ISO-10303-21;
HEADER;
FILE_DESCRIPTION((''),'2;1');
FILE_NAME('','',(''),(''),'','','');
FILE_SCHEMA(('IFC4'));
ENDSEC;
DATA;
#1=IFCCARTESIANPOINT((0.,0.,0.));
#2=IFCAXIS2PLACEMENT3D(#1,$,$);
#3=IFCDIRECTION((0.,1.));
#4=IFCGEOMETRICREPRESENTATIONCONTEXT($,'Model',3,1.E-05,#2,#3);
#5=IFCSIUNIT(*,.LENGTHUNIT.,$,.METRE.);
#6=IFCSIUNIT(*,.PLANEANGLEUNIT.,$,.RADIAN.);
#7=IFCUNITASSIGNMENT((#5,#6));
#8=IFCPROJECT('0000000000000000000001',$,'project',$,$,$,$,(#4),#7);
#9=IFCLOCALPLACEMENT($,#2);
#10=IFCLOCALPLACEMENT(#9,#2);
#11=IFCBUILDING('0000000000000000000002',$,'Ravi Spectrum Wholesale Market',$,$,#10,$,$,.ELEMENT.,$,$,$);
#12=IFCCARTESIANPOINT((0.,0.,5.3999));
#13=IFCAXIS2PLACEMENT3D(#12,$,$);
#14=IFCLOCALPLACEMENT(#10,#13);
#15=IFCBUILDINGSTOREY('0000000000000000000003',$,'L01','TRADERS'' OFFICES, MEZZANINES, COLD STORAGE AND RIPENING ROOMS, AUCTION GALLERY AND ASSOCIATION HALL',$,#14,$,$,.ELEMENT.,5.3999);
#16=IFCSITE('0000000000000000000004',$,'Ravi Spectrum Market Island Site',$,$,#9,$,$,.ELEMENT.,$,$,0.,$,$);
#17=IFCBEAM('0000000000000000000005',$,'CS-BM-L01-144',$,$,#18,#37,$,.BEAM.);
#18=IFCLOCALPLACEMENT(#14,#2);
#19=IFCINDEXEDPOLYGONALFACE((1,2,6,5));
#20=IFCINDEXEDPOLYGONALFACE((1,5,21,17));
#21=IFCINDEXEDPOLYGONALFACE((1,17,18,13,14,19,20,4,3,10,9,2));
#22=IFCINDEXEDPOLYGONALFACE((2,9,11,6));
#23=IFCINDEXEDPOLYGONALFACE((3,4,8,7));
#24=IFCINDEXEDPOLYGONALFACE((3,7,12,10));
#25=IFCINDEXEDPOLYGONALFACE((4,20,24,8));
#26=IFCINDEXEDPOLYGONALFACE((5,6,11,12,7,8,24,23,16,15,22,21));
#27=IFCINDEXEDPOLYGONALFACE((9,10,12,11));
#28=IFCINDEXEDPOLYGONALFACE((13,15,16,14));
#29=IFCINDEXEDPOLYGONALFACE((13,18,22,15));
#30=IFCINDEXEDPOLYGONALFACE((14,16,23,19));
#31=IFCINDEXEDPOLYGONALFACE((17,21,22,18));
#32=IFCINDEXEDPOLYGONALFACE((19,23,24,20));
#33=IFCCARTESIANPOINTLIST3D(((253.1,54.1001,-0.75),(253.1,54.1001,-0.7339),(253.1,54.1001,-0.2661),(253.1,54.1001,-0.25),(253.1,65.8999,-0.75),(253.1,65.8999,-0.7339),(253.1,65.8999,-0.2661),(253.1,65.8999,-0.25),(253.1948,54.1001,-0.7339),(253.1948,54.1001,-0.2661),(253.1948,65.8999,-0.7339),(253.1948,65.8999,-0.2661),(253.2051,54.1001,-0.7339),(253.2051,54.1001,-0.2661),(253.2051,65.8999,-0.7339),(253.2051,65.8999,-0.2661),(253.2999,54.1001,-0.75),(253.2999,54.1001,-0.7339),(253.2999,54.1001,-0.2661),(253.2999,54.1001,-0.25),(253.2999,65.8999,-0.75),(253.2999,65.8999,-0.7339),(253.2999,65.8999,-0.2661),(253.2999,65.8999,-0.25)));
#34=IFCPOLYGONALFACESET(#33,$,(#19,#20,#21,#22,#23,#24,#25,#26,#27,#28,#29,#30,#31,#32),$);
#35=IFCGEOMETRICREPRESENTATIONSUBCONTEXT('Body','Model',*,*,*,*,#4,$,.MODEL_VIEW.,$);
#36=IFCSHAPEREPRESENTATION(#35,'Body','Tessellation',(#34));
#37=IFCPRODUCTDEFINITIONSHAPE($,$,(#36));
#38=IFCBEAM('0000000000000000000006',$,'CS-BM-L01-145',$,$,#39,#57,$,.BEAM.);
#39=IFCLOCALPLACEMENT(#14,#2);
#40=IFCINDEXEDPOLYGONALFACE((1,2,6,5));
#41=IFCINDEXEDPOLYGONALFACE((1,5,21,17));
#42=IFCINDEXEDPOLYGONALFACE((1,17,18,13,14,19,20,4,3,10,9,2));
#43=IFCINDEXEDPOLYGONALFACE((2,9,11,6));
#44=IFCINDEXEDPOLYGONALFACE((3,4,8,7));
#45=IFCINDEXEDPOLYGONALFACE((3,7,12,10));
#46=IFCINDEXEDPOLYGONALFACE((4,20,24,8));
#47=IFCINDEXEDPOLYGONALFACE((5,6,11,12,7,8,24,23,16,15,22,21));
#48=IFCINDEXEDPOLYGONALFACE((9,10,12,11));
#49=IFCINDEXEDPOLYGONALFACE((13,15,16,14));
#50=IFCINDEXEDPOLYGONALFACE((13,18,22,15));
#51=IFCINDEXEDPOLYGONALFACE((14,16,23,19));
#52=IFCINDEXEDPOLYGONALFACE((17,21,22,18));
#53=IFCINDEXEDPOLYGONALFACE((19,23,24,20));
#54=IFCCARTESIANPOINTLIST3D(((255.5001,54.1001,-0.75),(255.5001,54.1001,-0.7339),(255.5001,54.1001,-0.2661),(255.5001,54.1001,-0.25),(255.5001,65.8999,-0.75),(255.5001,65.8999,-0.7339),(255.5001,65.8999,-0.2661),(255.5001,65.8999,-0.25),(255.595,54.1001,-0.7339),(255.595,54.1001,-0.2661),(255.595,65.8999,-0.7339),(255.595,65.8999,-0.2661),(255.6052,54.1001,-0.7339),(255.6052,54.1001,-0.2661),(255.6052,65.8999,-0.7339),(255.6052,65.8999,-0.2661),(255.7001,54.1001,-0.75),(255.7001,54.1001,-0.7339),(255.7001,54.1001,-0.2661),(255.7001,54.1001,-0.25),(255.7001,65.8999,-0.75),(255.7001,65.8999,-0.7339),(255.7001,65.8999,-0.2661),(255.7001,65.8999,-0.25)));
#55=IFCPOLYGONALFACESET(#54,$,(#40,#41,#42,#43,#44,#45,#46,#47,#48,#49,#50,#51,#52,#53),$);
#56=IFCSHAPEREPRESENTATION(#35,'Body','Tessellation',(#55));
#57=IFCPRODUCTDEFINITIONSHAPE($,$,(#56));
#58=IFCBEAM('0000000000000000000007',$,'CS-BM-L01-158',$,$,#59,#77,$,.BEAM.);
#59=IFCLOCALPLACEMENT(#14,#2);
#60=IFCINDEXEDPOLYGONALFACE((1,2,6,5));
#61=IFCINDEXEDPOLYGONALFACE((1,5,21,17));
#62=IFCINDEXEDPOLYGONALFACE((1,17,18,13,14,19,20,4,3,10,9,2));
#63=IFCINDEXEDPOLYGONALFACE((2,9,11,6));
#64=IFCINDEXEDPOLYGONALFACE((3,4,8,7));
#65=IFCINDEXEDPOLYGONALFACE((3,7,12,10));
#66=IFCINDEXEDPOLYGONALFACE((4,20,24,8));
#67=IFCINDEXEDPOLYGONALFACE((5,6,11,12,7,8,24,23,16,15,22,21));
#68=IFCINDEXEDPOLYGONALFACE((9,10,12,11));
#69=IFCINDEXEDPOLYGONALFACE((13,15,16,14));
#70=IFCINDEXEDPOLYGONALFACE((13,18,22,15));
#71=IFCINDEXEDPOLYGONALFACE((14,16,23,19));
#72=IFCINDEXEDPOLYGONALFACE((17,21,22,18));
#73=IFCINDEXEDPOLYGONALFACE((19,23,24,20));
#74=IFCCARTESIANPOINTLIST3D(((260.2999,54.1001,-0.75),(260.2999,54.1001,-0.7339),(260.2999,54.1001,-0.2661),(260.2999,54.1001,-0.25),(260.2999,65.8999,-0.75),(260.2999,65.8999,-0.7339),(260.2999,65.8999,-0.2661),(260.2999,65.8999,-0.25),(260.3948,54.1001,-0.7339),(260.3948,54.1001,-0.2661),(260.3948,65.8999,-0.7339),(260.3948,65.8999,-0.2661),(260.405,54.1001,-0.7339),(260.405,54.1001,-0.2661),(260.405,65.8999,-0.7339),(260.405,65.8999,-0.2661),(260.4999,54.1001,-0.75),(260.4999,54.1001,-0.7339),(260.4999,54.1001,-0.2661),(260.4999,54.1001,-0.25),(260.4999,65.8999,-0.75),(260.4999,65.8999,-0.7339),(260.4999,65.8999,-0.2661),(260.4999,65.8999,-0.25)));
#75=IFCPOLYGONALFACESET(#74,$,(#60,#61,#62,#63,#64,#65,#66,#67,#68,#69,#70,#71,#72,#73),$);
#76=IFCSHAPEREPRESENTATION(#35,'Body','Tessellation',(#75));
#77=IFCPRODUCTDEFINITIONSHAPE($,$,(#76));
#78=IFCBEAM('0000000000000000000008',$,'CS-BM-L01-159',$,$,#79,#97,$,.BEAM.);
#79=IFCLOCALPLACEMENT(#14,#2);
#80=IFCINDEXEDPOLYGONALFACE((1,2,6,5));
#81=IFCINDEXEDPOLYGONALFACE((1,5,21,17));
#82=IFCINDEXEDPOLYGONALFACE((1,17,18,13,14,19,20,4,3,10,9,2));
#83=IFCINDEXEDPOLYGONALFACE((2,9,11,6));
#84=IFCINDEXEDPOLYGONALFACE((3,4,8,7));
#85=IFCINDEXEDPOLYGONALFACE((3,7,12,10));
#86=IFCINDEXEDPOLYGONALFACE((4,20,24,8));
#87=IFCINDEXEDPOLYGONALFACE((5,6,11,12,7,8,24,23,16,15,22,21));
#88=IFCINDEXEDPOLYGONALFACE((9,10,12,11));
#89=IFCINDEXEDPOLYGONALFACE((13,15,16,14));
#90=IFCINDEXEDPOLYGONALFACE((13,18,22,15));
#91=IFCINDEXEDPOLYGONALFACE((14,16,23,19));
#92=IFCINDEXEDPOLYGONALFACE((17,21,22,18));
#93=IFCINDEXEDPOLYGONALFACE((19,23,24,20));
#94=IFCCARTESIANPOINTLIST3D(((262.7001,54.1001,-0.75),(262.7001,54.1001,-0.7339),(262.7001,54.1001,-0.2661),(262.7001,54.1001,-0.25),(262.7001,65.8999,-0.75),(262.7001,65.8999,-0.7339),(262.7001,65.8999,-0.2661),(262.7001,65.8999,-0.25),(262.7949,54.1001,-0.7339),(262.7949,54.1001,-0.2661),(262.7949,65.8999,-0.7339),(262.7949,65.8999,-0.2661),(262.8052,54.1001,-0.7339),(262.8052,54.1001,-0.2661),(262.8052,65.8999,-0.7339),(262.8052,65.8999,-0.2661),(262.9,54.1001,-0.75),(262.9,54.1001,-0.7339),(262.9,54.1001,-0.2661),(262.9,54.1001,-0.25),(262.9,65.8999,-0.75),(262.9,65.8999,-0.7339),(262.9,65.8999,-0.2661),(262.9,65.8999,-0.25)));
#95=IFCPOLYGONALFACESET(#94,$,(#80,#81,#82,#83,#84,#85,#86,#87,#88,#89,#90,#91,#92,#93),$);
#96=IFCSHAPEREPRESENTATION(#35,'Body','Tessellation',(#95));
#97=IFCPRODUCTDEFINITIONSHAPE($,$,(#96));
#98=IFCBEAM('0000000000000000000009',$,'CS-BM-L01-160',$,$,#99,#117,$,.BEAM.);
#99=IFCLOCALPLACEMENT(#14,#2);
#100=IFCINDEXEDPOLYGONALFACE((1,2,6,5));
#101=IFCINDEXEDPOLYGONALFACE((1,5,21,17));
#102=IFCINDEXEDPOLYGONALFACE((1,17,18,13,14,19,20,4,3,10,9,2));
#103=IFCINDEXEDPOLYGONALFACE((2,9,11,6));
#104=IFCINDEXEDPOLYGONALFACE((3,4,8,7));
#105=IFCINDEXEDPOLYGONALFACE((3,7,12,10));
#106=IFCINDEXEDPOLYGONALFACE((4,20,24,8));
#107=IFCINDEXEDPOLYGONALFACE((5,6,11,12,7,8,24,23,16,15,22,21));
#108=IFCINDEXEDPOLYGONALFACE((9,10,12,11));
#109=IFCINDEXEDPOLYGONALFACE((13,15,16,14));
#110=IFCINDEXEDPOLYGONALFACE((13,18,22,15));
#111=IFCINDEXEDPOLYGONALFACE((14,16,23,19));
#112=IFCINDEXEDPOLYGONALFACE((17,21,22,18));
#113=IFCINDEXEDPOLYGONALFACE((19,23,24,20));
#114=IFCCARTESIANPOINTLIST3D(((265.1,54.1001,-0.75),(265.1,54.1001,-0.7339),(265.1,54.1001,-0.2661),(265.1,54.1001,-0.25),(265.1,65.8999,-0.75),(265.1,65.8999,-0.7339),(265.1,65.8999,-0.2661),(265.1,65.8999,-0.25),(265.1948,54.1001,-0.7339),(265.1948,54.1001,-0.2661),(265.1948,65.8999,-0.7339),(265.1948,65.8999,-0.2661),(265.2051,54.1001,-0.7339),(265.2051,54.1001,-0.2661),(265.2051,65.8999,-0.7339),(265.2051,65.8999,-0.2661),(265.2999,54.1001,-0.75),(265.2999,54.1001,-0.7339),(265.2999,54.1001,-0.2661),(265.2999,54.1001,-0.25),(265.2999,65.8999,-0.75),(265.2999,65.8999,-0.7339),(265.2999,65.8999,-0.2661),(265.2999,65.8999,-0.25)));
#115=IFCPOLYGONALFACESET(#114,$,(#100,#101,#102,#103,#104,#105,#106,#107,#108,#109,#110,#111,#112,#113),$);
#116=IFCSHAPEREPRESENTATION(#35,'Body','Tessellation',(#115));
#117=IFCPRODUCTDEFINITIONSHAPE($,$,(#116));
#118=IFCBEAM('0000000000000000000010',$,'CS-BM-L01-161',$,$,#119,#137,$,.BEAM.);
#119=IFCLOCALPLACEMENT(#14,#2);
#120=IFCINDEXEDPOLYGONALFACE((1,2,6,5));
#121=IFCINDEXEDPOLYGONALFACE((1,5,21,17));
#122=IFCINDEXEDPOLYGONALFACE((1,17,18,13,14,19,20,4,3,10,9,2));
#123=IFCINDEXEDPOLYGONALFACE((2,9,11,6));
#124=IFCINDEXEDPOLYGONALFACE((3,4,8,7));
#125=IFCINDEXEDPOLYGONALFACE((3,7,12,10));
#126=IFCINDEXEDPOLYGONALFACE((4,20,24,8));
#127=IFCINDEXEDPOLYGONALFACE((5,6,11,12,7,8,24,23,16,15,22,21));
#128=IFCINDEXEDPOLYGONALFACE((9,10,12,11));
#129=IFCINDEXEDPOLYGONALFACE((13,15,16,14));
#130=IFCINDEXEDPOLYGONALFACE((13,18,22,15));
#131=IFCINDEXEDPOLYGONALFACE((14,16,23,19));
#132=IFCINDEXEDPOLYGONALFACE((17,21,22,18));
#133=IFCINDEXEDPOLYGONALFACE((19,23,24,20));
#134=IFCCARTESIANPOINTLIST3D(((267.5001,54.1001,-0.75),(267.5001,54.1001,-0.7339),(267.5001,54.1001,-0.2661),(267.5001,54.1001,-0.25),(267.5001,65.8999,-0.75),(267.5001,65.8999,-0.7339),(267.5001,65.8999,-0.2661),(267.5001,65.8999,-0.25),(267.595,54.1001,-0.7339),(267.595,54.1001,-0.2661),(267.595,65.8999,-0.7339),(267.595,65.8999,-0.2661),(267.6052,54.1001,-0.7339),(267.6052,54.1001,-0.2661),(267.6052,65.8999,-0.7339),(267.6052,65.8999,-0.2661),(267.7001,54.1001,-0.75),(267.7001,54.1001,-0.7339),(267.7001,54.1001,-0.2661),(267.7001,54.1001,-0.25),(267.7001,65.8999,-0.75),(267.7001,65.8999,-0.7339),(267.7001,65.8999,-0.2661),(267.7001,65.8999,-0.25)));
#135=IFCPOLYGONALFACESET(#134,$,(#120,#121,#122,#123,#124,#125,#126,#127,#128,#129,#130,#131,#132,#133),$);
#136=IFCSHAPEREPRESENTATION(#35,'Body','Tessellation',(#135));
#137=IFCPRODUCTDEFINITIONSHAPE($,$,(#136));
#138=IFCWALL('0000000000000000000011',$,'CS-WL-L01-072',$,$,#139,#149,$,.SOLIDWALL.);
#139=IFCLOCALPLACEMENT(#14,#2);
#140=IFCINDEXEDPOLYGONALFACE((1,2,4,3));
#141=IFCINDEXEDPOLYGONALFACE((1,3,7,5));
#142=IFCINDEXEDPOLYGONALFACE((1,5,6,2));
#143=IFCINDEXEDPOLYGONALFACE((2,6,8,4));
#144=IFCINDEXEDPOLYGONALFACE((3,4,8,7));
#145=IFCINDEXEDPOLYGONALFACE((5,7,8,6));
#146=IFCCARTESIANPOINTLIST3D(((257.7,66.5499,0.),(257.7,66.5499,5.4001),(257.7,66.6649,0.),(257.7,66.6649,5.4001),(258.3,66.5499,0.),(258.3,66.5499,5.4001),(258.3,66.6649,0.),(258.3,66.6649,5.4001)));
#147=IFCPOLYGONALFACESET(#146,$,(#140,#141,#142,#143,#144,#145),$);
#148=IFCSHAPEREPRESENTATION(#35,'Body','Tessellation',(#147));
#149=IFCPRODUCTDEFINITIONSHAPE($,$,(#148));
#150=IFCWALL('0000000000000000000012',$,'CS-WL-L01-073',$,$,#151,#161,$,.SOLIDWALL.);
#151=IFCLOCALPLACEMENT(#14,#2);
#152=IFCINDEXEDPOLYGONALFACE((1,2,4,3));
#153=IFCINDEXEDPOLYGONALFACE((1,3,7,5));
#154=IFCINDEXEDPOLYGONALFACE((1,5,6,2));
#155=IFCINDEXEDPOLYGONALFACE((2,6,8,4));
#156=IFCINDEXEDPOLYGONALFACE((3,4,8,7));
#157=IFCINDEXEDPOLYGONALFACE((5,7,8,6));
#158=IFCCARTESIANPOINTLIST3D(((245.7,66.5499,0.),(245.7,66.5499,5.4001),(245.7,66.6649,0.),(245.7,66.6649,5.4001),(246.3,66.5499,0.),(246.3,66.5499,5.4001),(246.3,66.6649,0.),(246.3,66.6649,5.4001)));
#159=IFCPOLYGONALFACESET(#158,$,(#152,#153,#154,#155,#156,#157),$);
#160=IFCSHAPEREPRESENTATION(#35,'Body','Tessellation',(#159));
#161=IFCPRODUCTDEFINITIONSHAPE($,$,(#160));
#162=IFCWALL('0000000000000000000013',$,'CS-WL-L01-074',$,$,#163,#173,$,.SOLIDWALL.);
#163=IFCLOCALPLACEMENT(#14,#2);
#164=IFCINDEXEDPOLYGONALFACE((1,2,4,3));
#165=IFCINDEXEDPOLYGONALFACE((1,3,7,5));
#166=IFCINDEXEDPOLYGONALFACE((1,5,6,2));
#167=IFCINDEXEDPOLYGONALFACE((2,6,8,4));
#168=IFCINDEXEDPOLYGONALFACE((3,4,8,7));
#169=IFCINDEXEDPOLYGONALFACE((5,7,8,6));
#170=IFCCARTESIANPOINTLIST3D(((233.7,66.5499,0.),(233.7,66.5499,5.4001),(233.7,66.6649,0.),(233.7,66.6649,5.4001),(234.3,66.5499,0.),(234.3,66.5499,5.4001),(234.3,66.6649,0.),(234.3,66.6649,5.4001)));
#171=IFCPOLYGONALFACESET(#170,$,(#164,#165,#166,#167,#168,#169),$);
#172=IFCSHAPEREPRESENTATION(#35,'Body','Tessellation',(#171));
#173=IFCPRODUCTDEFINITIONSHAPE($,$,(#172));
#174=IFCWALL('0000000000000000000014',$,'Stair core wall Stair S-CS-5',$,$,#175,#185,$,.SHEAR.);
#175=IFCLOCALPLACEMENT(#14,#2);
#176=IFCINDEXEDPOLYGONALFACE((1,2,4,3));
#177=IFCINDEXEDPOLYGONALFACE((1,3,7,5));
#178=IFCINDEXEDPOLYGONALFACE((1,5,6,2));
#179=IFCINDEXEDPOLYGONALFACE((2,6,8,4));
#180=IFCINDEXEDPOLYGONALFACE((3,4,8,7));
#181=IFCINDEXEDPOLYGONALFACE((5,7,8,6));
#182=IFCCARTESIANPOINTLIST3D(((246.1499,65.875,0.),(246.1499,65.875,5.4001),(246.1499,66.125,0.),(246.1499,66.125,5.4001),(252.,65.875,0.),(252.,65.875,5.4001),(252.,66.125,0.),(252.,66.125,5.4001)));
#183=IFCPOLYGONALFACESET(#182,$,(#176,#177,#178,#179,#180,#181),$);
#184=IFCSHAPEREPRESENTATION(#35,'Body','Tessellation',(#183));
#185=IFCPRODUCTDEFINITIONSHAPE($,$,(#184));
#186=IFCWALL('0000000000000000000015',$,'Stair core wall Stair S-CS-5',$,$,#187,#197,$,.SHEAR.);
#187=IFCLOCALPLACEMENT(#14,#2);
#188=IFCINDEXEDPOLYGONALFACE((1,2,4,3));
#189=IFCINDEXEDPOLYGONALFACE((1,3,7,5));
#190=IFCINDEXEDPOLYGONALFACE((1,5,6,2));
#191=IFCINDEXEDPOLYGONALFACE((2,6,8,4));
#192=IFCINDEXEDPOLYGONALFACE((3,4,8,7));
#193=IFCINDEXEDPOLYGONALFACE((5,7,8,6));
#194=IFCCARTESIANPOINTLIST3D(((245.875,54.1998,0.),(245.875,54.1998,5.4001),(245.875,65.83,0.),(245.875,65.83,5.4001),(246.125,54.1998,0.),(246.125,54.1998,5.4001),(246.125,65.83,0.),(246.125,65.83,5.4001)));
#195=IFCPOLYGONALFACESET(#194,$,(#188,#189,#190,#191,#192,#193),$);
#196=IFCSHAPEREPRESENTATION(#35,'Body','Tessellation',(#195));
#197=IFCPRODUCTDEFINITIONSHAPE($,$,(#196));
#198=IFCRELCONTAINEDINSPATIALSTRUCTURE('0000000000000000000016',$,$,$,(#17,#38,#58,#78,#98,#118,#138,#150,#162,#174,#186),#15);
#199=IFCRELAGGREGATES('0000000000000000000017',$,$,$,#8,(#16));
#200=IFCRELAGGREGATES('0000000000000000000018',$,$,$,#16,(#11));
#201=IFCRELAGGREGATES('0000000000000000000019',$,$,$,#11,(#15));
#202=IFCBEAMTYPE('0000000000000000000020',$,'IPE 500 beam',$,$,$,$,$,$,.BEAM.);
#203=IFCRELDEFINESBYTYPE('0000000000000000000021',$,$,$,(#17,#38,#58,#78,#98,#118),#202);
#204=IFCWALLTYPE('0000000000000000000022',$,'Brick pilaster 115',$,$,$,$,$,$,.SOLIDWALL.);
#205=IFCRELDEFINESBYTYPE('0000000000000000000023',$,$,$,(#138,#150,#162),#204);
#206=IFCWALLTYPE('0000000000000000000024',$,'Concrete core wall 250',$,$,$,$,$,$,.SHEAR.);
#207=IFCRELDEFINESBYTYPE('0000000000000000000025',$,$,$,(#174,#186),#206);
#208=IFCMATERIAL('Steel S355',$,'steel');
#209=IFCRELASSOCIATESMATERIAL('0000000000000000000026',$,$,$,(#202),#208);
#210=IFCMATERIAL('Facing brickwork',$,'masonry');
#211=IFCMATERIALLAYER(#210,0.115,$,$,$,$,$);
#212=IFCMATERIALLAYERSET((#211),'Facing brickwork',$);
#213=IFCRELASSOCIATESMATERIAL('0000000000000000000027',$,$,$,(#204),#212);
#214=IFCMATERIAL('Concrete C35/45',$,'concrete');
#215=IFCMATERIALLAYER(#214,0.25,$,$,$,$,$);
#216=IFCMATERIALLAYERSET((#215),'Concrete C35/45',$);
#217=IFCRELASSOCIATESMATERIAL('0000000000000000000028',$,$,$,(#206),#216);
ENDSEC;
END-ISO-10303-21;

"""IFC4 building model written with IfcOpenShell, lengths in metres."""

from ifc_helpers import new_model, si_unit, direction, frame, frame_2d, origin, origin_2d, place, context, subcontext, project, spatial, rectangle, i_section, extrude, material, layer, layer_set, material_profile, profile_set, type_object, element, save


model = new_model("IFC4")

# Units and contexts
model_context = context("Model", 3, precision=1e-05, world=origin(), true_north=direction((0.0, 1.0)))
body_context = subcontext(model_context, "Body", "Model", "MODEL_VIEW")
ifc_project = project(units=[si_unit("LENGTHUNIT", "METRE"), si_unit("PLANEANGLEUNIT", "RADIAN")], contexts=[model_context])

# Site, building, storey
site_placement = place(None, origin())
site = spatial("IfcSite", under=ifc_project, at=site_placement, Name="Ravi Spectrum Market Island Site", CompositionType="ELEMENT", RefElevation=0.0)
building_placement = place(site_placement, origin())
building = spatial("IfcBuilding", under=site, at=building_placement, Name="Ravi Spectrum Wholesale Market", CompositionType="ELEMENT")
storey_placement = place(building_placement, frame((0.0, 0.0, 5.3999)))
storey = spatial("IfcBuildingStorey", under=building, at=storey_placement, Name="L01", Description="TRADERS' OFFICES, MEZZANINES, COLD STORAGE AND RIPENING ROOMS, AUCTION GALLERY AND ASSOCIATION HALL", CompositionType="ELEMENT", Elevation=5.3999)

# Beams
ifc_material_1 = material(Name="Steel S355", Category="steel")
ifc_material_profile_1 = material_profile(ifc_material_1, i_section(OverallWidth=0.2, OverallDepth=0.5, WebThickness=0.0103, FlangeThickness=0.0161, at=origin_2d()))
ifc_profile_set_1 = profile_set([ifc_material_profile_1], Name="Steel S355")
beam_type_1 = type_object("IfcBeamType", Name="IPE 500 beam", PredefinedType="BEAM", material=ifc_profile_set_1)
for number, where, z_axis, x_axis, name in (
    (1, (253.2, 54.1001, -0.5), (0.0, 1.0, 0.0), (-1.0, 0.0, 0.0), "CS-BM-L01-144"),
    (2, (255.6001, 54.1001, -0.5), (0.0, 1.0, 0.0), (-1.0, 0.0, 0.0), "CS-BM-L01-145"),
    (3, (260.3999, 54.1001, -0.5), (0.0, 1.0, 0.0), (-1.0, 0.0, 0.0), "CS-BM-L01-158"),
    (4, (262.8, 54.1001, -0.5), (0.0, 1.0, 0.0), (-1.0, 0.0, 0.0), "CS-BM-L01-159"),
    (5, (265.2, 54.1001, -0.5), (0.0, 1.0, 0.0), (-1.0, 0.0, 0.0), "CS-BM-L01-160"),
    (6, (267.6001, 54.1001, -0.5), (0.0, 1.0, 0.0), (-1.0, 0.0, 0.0), "CS-BM-L01-161"),
):
    element("IfcBeam", number, at=place(storey_placement, frame(where, z_axis=z_axis, x_axis=x_axis)), inside=storey, type_object=beam_type_1, Name=name, PredefinedType="BEAM", context=body_context, shape_type="SweptSolid", body=[
        extrude(i_section(OverallWidth=0.2, OverallDepth=0.5, WebThickness=0.0103, FlangeThickness=0.0161, at=origin_2d()), origin(), (0.0, 0.0, 1.0), 11.7998),
    ])

# Walls
ifc_material_2 = material(Name="Facing brickwork", Category="masonry")
ifc_layer_1 = layer(ifc_material_2, 0.115)
ifc_layer_set_1 = layer_set([ifc_layer_1], Name="Facing brickwork")
wall_type_1 = type_object("IfcWallType", Name="Brick pilaster 115", PredefinedType="SOLIDWALL", material=ifc_layer_set_1)
for number, where, z_axis, x_axis, name in (
    (7, (258.3, 66.6074, 0.0), (0.0, 0.0, 1.0), (-1.0, 0.0, 0.0), "CS-WL-L01-072"),
    (8, (246.3, 66.6074, 0.0), (0.0, 0.0, 1.0), (-1.0, 0.0, 0.0), "CS-WL-L01-073"),
    (9, (234.3, 66.6074, 0.0), (0.0, 0.0, 1.0), (-1.0, 0.0, 0.0), "CS-WL-L01-074"),
):
    element("IfcWall", number, at=place(storey_placement, frame(where, z_axis=z_axis, x_axis=x_axis)), inside=storey, type_object=wall_type_1, Name=name, PredefinedType="SOLIDWALL", context=body_context, shape_type="SweptSolid", body=[
        extrude(rectangle(XDim=0.6001, YDim=0.115, at=frame_2d((0.3, 0.0))), origin(), (0.0, 0.0, 1.0), 5.4001),
    ])
ifc_material_3 = material(Name="Concrete C35/45", Category="concrete")
ifc_layer_2 = layer(ifc_material_3, 0.25)
ifc_layer_set_2 = layer_set([ifc_layer_2], Name="Concrete C35/45")
wall_type_2 = type_object("IfcWallType", Name="Concrete core wall 250", PredefinedType="SHEAR", material=ifc_layer_set_2)
wall_1_placement = place(storey_placement, frame((246.1499, 66.0, 0.0), z_axis=(0.0, 0.0, 1.0), x_axis=(1.0, 0.0, 0.0)))
element("IfcWall", 10, at=wall_1_placement, inside=storey, type_object=wall_type_2, Name="Stair core wall Stair S-CS-5", PredefinedType="SHEAR", context=body_context, shape_type="SweptSolid", body=[
    extrude(rectangle(XDim=5.8501, YDim=0.25, at=frame_2d((2.925, 0.0))), origin(), (0.0, 0.0, 1.0), 5.4001),
])
wall_2_placement = place(storey_placement, frame((246.0, 54.2, 0.0), z_axis=(0.0, 0.0, 1.0), x_axis=(0.0, 1.0, 0.0)))
element("IfcWall", 11, at=wall_2_placement, inside=storey, type_object=wall_type_2, Name="Stair core wall Stair S-CS-5", PredefinedType="SHEAR", context=body_context, shape_type="SweptSolid", body=[
    extrude(rectangle(XDim=11.6301, YDim=0.25, at=frame_2d((5.8149, 0.0))), origin(), (0.0, 0.0, 1.0), 5.4001),
])

save(model, "model.ifc")
